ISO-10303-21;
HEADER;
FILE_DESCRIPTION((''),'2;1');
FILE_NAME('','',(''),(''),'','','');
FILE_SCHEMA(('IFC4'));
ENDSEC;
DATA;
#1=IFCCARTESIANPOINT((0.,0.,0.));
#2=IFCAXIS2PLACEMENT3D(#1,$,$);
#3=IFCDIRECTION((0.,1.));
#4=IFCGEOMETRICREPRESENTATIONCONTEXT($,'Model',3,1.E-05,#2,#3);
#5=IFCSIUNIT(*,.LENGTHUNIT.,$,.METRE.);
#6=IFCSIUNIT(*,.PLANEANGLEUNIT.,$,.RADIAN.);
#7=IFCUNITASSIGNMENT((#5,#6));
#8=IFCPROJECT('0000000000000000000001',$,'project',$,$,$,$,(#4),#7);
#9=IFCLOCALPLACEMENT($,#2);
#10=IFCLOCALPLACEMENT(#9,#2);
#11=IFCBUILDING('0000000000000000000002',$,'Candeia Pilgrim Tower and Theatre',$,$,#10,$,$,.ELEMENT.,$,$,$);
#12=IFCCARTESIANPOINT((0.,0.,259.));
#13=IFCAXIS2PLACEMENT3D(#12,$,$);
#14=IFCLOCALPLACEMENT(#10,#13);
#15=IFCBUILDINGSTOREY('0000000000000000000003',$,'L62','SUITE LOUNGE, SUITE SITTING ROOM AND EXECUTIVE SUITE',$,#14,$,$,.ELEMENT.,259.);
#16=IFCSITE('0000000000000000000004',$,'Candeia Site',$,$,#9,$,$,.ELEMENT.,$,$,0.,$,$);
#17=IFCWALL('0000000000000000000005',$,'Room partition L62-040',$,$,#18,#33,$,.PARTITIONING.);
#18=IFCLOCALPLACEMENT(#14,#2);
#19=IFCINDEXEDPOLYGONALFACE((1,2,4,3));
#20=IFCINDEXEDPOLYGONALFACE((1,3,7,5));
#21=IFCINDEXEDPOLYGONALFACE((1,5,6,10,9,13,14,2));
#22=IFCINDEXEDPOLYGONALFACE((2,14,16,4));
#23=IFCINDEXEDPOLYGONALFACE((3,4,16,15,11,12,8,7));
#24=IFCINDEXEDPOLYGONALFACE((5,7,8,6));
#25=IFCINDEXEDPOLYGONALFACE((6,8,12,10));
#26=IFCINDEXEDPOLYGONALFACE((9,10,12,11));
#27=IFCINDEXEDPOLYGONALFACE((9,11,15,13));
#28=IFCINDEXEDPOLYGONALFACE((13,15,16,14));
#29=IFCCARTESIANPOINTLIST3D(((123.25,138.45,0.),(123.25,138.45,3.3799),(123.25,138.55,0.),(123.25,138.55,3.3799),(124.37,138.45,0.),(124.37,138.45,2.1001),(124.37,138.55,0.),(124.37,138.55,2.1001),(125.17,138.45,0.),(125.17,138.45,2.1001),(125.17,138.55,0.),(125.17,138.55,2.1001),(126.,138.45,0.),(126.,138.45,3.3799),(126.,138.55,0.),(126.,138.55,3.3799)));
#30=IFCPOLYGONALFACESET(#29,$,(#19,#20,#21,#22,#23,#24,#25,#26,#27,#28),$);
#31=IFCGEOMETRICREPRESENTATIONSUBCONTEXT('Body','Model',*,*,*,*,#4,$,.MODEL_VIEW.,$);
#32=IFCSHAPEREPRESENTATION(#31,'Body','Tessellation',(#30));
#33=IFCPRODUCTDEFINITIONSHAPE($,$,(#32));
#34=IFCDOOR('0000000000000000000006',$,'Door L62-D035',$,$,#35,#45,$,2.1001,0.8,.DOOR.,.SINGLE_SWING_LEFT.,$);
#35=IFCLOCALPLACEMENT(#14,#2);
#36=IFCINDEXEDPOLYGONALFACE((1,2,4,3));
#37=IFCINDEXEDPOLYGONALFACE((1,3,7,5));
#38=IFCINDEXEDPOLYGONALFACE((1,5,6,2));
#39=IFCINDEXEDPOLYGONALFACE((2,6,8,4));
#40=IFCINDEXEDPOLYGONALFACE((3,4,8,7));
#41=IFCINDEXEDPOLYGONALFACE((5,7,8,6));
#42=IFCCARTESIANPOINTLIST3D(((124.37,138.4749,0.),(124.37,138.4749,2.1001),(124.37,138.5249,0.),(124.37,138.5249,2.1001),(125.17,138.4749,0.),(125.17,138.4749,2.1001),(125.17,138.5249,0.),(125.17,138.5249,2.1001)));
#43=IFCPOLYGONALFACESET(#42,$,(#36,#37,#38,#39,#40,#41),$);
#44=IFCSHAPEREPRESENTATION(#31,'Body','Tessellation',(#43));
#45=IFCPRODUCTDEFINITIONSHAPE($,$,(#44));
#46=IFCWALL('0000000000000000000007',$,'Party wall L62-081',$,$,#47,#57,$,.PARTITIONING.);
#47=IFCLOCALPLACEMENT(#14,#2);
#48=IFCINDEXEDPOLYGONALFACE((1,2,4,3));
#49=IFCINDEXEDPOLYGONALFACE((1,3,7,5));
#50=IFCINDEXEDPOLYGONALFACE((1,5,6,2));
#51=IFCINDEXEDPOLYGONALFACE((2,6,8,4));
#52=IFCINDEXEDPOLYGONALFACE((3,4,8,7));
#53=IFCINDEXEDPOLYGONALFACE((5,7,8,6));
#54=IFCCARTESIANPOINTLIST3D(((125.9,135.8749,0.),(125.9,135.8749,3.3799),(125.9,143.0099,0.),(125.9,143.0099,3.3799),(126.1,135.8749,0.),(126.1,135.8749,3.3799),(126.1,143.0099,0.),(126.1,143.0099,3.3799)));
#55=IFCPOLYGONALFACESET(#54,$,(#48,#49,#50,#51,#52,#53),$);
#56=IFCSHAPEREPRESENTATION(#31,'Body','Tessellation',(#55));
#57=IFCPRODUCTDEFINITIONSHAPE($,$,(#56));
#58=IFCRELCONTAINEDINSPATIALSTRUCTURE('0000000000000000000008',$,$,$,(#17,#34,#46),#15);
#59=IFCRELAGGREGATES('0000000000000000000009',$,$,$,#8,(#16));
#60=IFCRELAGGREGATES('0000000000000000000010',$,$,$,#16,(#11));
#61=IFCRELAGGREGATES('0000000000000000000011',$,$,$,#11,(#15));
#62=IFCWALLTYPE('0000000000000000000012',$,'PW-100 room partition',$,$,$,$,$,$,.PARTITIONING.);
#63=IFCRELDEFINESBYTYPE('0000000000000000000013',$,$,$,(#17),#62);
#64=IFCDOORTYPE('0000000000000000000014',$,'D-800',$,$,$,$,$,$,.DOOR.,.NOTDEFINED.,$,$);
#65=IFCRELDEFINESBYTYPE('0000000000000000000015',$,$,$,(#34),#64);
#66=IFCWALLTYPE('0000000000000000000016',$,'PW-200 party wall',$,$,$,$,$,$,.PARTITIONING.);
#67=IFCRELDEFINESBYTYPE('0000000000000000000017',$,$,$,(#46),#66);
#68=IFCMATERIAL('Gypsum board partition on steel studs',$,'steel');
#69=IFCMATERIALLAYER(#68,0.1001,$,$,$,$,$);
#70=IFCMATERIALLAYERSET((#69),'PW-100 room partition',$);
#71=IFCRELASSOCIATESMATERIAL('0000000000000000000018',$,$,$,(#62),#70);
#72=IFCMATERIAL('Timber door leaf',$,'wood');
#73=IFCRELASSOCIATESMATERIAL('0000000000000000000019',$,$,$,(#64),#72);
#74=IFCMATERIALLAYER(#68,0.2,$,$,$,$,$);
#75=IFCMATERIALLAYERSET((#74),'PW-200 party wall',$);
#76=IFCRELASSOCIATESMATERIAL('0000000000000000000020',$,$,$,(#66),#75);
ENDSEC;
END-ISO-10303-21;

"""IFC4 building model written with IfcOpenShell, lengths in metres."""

from ifc_helpers import new_model, si_unit, direction, frame, frame_2d, origin, place, context, subcontext, project, spatial, rectangle, extrude, material, layer, layer_set, type_object, element, fill, save


model = new_model("IFC4")

# Units and contexts
model_context = context("Model", 3, precision=1e-05, world=origin(), true_north=direction((0.0, 1.0)))
body_context = subcontext(model_context, "Body", "Model", "MODEL_VIEW")
ifc_project = project(units=[si_unit("LENGTHUNIT", "METRE"), si_unit("PLANEANGLEUNIT", "RADIAN")], contexts=[model_context])

# Site, building, storey
site_placement = place(None, origin())
site = spatial("IfcSite", under=ifc_project, at=site_placement, Name="Candeia Site", CompositionType="ELEMENT", RefElevation=0.0)
building_placement = place(site_placement, origin())
building = spatial("IfcBuilding", under=site, at=building_placement, Name="Candeia Pilgrim Tower and Theatre", CompositionType="ELEMENT")
storey_placement = place(building_placement, frame((0.0, 0.0, 259.0)))
storey = spatial("IfcBuildingStorey", under=building, at=storey_placement, Name="L62", Description="SUITE LOUNGE, SUITE SITTING ROOM AND EXECUTIVE SUITE", CompositionType="ELEMENT", Elevation=259.0)

# Wall, opening, door
ifc_material_1 = material(Name="Gypsum board partition on steel studs", Category="steel")
ifc_layer_1 = layer(ifc_material_1, 0.1001)
ifc_layer_set_1 = layer_set([ifc_layer_1], Name="PW-100 room partition")
wall_type_1 = type_object("IfcWallType", Name="PW-100 room partition", PredefinedType="PARTITIONING", material=ifc_layer_set_1)
wall_1_placement = place(storey_placement, frame((123.25, 138.5, 0.0), z_axis=(0.0, 0.0, 1.0), x_axis=(1.0, 0.0, 0.0)))
wall_1 = element("IfcWall", 1, at=wall_1_placement, inside=storey, type_object=wall_type_1, Name="Room partition L62-040", PredefinedType="PARTITIONING", context=body_context, shape_type="SweptSolid", body=[
    extrude(rectangle(XDim=2.75, YDim=0.1001, at=frame_2d((1.375, 0.0))), origin(), (0.0, 0.0, 1.0), 3.3799),
])
opening_1_placement = place(wall_1_placement, frame((1.1201, 0.0, 0.0)))
opening_1 = element("IfcOpeningElement", 2, at=opening_1_placement, cuts=wall_1, PredefinedType="OPENING", context=body_context, shape_type="SweptSolid", body=[
    extrude(rectangle(XDim=0.8, YDim=2.1001, at=frame_2d((0.3999, 1.05))), frame((0.0, 0.0601, 0.0), z_axis=(0.0, -1.0, 0.0), x_axis=(1.0, 0.0, 0.0)), (0.0, 0.0, 1.0), 0.1201),
])
ifc_material_2 = material(Name="Timber door leaf", Category="wood")
door_type_1 = type_object("IfcDoorType", Name="D-800", OperationType="NOTDEFINED", PredefinedType="DOOR", material=ifc_material_2)
door_1_placement = place(opening_1_placement, origin())
door_1 = element("IfcDoor", 3, at=door_1_placement, inside=storey, type_object=door_type_1, Name="Door L62-D035", OperationType="SINGLE_SWING_LEFT", OverallHeight=2.1001, OverallWidth=0.8, PredefinedType="DOOR", context=body_context, shape_type="SweptSolid", body=[
    extrude(rectangle(XDim=0.8, YDim=2.1001, at=frame_2d((0.3999, 1.05))), frame((0.0, 0.0249, 0.0), z_axis=(0.0, -1.0, 0.0), x_axis=(1.0, 0.0, 0.0)), (0.0, 0.0, 1.0), 0.05),
])
fill(opening_1, door_1)

# Wall
ifc_layer_2 = layer(ifc_material_1, 0.2)
ifc_layer_set_2 = layer_set([ifc_layer_2], Name="PW-200 party wall")
wall_type_2 = type_object("IfcWallType", Name="PW-200 party wall", PredefinedType="PARTITIONING", material=ifc_layer_set_2)
wall_2_placement = place(storey_placement, frame((126.0, 135.875, 0.0), z_axis=(0.0, 0.0, 1.0), x_axis=(0.0, 1.0, 0.0)))
element("IfcWall", 4, at=wall_2_placement, inside=storey, type_object=wall_type_2, Name="Party wall L62-081", PredefinedType="PARTITIONING", context=body_context, shape_type="SweptSolid", body=[
    extrude(rectangle(XDim=7.135, YDim=0.2, at=frame_2d((3.5674, 0.0))), origin(), (0.0, 0.0, 1.0), 3.3799),
])

save(model, "model.ifc")
